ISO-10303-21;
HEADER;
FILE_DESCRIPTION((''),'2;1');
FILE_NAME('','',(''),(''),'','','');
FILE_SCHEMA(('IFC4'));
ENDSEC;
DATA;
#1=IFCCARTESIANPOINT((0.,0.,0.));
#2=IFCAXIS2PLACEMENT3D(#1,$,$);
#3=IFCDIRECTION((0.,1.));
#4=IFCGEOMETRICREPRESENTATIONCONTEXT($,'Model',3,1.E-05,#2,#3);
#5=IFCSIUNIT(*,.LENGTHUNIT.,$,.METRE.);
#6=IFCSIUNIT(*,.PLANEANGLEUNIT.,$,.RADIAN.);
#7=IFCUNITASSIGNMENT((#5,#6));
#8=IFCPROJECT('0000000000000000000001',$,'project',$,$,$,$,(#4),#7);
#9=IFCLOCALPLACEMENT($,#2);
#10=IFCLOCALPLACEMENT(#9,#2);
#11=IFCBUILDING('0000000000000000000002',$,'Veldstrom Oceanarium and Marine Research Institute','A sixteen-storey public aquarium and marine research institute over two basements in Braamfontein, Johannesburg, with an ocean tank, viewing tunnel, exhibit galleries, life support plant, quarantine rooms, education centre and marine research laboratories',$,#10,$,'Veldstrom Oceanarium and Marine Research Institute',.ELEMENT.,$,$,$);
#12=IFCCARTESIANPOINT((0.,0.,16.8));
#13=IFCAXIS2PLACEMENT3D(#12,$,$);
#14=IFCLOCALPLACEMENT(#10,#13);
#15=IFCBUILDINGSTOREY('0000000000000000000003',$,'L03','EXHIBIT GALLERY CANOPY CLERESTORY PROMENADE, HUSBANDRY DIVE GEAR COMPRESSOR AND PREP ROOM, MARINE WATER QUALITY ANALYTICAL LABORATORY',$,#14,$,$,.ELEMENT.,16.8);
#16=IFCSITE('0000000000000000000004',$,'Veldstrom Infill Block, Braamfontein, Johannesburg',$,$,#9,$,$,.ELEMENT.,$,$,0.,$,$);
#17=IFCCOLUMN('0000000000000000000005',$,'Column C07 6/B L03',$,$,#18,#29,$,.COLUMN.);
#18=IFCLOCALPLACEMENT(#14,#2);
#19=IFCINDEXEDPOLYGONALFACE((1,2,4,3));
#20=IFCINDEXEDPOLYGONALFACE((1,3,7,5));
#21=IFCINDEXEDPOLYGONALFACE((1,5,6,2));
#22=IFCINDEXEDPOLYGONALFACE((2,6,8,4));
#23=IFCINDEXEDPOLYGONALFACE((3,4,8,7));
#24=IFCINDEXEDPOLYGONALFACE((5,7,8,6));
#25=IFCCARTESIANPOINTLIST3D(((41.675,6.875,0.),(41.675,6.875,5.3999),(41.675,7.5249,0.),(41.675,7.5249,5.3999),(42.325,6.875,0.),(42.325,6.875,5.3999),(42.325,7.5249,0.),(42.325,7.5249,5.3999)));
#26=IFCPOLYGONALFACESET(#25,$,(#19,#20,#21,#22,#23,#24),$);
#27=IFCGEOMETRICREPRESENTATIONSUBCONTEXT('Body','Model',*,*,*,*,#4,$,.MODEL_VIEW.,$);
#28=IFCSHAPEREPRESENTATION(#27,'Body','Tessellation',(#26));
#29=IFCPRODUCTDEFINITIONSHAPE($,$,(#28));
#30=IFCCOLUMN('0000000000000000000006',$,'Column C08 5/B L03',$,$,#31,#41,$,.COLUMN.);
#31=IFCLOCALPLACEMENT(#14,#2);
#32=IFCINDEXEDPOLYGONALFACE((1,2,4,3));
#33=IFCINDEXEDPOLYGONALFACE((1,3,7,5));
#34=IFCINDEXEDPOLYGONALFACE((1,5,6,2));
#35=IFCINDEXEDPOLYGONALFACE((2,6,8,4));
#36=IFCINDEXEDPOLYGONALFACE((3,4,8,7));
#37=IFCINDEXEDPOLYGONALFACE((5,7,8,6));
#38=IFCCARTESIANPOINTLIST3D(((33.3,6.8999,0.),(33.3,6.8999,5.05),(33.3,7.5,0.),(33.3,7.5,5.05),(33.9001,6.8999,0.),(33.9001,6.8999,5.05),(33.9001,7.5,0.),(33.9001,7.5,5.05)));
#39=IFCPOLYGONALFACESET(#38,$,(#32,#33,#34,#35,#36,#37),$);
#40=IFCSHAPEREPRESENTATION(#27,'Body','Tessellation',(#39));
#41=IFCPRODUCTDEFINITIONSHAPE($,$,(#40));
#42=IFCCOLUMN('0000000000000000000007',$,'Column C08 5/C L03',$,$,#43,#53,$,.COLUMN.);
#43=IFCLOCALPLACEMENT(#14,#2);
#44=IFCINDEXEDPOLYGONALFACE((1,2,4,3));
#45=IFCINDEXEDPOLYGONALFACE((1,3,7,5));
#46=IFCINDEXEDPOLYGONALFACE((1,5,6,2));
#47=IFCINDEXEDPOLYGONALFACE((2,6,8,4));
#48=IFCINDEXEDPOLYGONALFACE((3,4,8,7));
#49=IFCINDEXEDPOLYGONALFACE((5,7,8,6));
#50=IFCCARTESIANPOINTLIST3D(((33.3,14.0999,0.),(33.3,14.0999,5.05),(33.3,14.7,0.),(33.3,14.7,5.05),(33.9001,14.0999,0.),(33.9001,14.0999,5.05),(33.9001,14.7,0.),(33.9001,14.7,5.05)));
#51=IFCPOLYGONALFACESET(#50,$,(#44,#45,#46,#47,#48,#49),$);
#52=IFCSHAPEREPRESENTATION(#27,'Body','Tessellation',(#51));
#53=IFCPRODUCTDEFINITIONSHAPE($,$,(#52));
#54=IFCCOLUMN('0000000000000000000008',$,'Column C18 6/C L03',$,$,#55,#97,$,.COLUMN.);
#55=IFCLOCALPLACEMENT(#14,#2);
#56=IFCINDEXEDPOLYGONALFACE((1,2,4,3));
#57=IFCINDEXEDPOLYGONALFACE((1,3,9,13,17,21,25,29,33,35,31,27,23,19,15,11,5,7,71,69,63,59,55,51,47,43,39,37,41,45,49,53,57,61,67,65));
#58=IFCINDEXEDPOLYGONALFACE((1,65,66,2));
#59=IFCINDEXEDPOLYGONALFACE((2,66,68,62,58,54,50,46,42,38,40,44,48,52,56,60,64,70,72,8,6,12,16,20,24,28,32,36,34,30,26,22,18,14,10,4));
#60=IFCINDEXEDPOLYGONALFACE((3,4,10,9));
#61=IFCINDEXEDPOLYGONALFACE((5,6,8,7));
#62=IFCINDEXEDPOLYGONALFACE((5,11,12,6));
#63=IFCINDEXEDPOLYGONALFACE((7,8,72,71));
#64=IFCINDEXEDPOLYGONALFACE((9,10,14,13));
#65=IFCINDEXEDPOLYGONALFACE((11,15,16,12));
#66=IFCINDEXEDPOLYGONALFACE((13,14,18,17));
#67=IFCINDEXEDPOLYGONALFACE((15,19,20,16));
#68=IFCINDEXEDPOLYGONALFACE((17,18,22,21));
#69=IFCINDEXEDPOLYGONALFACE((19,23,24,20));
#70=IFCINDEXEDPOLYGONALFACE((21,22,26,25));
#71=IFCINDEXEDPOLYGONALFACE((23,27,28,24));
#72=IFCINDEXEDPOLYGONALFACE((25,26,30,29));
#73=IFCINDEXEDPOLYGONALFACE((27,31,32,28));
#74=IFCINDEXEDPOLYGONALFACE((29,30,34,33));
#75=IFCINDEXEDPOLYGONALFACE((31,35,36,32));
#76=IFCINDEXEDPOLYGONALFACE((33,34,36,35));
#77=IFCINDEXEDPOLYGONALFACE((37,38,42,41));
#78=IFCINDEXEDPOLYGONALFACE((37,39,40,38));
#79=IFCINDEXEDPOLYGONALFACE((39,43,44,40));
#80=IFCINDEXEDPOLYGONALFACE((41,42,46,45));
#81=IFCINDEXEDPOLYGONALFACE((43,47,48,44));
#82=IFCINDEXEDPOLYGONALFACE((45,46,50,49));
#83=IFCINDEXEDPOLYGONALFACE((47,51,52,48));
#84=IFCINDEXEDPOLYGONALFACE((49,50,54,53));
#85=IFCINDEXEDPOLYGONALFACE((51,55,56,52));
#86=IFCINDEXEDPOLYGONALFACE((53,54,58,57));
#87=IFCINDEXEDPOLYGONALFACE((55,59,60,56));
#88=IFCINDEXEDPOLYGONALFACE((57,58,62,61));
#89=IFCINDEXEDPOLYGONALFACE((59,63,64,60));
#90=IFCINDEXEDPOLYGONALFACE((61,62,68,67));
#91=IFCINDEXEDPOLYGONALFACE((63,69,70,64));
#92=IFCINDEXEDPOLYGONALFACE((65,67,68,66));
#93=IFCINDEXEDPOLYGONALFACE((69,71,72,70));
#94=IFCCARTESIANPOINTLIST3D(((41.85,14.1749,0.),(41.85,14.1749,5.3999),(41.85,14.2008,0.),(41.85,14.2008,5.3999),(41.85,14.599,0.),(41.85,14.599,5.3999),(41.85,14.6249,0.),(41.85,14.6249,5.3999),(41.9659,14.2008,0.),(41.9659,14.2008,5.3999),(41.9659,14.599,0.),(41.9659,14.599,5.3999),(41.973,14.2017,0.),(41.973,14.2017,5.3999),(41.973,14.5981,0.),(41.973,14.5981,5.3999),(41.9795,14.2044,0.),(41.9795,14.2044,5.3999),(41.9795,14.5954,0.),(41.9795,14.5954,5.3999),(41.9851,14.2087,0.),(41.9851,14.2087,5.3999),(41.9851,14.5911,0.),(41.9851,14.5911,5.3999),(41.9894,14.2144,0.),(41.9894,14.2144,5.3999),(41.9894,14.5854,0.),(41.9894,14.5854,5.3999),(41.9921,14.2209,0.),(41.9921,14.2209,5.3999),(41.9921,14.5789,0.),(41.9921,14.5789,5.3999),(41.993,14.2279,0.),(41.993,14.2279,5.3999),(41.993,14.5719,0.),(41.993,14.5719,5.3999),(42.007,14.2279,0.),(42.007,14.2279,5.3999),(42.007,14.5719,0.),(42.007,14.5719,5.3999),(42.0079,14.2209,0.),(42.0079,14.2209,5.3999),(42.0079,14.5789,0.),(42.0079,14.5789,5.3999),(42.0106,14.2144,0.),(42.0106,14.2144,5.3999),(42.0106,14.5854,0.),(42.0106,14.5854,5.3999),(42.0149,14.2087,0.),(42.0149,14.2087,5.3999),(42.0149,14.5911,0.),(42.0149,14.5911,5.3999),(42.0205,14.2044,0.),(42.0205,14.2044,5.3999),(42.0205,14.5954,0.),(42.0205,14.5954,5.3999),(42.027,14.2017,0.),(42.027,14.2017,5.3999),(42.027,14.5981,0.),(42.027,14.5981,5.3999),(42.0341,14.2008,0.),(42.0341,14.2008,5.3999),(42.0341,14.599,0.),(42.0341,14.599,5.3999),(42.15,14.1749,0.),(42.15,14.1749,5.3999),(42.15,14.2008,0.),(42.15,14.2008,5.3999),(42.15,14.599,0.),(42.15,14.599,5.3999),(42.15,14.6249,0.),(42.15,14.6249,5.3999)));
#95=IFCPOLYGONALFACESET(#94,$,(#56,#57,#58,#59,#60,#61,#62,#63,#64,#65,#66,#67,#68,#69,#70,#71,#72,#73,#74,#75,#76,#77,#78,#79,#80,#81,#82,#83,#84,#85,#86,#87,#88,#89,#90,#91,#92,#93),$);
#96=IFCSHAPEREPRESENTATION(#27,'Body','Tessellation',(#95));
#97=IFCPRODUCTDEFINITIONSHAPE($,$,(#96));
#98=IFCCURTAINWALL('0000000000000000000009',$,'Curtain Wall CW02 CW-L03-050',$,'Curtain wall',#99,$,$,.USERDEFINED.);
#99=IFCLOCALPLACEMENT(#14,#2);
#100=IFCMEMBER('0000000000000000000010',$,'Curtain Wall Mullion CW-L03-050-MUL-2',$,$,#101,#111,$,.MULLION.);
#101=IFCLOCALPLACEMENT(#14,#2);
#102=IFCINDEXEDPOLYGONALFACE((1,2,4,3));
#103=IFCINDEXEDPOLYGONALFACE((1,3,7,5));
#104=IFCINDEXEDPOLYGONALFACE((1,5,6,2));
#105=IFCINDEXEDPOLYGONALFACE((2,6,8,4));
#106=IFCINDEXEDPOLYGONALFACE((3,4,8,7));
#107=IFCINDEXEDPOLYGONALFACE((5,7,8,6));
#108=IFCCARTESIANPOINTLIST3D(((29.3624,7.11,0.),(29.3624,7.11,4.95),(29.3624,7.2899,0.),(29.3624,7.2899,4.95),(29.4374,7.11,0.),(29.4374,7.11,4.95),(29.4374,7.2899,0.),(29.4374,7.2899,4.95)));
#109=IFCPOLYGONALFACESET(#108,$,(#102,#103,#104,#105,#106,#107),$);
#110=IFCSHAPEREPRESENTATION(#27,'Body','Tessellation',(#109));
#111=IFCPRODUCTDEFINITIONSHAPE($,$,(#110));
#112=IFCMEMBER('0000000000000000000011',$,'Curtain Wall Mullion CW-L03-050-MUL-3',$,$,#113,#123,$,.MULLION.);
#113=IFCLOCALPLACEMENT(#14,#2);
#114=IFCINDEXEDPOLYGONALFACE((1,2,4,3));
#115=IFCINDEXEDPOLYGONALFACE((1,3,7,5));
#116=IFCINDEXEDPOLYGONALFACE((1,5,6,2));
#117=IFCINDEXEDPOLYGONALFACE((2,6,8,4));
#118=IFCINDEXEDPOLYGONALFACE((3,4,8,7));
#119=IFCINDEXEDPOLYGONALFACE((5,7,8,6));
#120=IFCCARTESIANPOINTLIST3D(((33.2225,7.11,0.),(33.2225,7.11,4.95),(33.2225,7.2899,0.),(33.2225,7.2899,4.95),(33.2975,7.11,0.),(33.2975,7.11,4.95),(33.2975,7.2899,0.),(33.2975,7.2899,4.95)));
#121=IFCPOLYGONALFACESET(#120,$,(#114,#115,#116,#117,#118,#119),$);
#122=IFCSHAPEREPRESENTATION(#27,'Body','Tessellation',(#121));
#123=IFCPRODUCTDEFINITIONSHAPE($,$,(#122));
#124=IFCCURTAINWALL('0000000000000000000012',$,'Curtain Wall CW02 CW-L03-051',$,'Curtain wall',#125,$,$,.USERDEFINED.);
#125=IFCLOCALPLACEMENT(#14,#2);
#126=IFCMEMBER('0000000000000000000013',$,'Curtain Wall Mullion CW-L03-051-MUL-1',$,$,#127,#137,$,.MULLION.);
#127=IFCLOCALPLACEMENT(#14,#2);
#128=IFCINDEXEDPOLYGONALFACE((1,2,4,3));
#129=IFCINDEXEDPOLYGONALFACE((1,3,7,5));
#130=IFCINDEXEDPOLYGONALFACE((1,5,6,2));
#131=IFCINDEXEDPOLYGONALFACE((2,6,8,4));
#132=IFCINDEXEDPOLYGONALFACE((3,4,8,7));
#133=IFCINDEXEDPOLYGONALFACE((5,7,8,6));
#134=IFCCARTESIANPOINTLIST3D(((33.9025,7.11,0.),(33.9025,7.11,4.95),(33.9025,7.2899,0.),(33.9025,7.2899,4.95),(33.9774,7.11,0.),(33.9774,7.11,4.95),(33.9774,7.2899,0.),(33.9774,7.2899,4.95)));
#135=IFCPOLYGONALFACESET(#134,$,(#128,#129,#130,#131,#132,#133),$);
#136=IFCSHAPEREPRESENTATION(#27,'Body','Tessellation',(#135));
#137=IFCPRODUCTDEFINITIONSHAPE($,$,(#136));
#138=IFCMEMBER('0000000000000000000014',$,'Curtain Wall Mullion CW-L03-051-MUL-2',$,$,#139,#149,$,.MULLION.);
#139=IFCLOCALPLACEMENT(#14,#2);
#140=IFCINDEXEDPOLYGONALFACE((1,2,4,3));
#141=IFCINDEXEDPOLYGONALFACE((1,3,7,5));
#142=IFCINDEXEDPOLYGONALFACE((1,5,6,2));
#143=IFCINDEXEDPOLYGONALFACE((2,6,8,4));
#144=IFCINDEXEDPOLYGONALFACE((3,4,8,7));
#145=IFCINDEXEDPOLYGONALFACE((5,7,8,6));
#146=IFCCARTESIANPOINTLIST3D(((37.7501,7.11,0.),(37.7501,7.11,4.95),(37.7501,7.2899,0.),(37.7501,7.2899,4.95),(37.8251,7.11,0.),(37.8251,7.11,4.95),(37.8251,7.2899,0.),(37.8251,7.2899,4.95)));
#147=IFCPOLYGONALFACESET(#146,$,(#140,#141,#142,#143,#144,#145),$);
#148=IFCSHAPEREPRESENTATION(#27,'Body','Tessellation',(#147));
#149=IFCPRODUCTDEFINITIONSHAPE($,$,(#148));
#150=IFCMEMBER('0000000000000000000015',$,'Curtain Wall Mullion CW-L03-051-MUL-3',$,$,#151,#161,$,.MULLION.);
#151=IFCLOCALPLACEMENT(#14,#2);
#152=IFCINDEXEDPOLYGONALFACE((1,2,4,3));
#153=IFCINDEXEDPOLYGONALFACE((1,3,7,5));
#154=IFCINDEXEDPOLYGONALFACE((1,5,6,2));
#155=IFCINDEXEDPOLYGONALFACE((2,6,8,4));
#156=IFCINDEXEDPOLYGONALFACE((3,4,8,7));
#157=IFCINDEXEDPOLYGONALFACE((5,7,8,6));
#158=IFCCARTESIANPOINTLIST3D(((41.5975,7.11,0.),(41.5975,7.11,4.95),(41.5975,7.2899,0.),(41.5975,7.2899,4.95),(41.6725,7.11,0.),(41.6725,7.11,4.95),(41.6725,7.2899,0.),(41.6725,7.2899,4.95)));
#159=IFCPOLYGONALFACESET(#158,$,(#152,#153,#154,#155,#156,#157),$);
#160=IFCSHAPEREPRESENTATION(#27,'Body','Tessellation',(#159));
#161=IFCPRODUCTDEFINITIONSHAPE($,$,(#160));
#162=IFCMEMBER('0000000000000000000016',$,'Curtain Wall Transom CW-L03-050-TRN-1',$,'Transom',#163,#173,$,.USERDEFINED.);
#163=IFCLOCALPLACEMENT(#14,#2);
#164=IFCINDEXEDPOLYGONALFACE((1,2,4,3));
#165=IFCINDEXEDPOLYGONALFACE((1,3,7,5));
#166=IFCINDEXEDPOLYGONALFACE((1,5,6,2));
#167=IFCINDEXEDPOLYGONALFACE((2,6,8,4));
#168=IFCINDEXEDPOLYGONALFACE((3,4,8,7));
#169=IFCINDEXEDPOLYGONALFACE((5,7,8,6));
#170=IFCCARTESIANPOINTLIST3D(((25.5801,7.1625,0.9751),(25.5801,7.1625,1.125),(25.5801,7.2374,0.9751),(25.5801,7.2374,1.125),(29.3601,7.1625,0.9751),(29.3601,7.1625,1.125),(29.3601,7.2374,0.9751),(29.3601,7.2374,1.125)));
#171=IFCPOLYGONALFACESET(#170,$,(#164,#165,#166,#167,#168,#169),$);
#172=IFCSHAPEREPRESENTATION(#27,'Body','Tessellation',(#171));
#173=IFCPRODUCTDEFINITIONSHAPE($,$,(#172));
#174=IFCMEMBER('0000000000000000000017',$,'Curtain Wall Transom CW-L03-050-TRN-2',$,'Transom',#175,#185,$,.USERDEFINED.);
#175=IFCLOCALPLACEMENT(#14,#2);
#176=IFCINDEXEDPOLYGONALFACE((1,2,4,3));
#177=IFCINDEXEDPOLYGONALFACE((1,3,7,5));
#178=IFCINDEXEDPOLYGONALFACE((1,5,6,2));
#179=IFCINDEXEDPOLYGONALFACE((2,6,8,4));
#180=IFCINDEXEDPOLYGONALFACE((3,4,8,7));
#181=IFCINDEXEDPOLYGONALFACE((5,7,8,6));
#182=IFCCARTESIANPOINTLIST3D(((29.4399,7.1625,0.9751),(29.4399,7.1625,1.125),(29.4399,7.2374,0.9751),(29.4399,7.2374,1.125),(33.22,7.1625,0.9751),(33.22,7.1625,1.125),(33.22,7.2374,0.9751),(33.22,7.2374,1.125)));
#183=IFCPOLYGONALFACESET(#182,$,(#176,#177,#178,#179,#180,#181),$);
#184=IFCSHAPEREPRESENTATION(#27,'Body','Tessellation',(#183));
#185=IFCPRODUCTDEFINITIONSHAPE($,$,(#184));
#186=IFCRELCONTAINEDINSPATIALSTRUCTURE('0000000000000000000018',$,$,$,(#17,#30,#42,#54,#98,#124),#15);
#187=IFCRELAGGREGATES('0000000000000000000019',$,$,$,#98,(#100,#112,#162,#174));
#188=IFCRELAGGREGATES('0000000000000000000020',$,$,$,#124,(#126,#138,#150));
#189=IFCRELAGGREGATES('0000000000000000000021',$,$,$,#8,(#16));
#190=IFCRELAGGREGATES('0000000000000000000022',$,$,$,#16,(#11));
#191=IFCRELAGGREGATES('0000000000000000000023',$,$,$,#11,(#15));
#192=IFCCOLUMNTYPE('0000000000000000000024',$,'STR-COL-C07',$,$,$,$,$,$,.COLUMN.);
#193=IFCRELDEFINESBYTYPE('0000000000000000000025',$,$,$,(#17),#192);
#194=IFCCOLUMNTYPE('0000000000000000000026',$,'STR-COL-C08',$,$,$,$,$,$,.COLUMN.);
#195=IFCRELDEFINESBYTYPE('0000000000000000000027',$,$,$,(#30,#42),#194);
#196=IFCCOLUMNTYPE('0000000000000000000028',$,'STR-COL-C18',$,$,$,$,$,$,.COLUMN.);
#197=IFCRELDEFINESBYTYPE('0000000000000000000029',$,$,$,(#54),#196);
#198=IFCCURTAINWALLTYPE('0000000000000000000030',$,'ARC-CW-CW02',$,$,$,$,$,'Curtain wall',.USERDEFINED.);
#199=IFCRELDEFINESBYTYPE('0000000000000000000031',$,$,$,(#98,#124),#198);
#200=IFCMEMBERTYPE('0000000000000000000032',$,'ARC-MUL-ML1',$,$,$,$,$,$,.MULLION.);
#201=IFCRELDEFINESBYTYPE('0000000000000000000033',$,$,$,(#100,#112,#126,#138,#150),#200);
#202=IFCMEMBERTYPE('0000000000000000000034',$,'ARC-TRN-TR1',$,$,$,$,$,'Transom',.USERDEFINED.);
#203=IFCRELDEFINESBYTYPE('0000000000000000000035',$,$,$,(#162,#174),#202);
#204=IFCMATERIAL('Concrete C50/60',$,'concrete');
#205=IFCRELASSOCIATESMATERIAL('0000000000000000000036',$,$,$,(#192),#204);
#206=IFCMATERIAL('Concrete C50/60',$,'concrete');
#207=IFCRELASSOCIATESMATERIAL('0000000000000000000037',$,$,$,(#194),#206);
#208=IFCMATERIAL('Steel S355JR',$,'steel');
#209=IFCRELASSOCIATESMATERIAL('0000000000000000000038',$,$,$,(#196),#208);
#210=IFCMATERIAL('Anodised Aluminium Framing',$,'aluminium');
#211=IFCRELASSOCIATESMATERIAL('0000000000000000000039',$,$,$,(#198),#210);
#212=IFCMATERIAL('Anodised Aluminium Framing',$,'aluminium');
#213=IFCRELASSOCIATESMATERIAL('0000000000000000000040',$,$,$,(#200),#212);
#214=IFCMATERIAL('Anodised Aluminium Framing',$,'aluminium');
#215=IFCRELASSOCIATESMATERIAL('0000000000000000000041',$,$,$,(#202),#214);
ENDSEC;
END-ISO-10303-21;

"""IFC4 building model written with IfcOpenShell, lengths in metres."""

from ifc_helpers import new_model, si_unit, direction, frame, origin, origin_2d, place, context, subcontext, project, spatial, rectangle, i_section, extrude, material, material_profile, profile_set, type_object, element, aggregate, save


model = new_model("IFC4")

# Units and contexts
model_context = context("Model", 3, precision=1e-05, world=origin(), true_north=direction((0.0, 1.0)))
body_context = subcontext(model_context, "Body", "Model", "MODEL_VIEW")
ifc_project = project(units=[si_unit("LENGTHUNIT", "METRE"), si_unit("PLANEANGLEUNIT", "RADIAN")], contexts=[model_context])

# Site, building, storey
site_placement = place(None, origin())
site = spatial("IfcSite", under=ifc_project, at=site_placement, Name="Veldstrom Infill Block, Braamfontein, Johannesburg", CompositionType="ELEMENT", RefElevation=0.0)
building_placement = place(site_placement, origin())
building = spatial("IfcBuilding", under=site, at=building_placement, Name="Veldstrom Oceanarium and Marine Research Institute", Description="A sixteen-storey public aquarium and marine research institute over two basements in Braamfontein, Johannesburg, with an ocean tank, viewing tunnel, exhibit galleries, life support plant, quarantine rooms, education centre and marine research laboratories", LongName="Veldstrom Oceanarium and Marine Research Institute", CompositionType="ELEMENT")
storey_placement = place(building_placement, frame((0.0, 0.0, 16.8)))
storey = spatial("IfcBuildingStorey", under=building, at=storey_placement, Name="L03", Description="EXHIBIT GALLERY CANOPY CLERESTORY PROMENADE, HUSBANDRY DIVE GEAR COMPRESSOR AND PREP ROOM, MARINE WATER QUALITY ANALYTICAL LABORATORY", CompositionType="ELEMENT", Elevation=16.8)

# Columns
ifc_material_1 = material(Name="Concrete C50/60", Category="concrete")
ifc_material_profile_1 = material_profile(ifc_material_1, rectangle(XDim=0.6499, YDim=0.6499, at=origin_2d()), Name="RC-COL-650x650")
ifc_profile_set_1 = profile_set([ifc_material_profile_1], Name="Concrete C50/60")
column_type_1 = type_object("IfcColumnType", Name="STR-COL-C07", PredefinedType="COLUMN", material=ifc_profile_set_1)
column_1_placement = place(storey_placement, frame((42.0, 7.2, 0.0), z_axis=(0.0, 0.0, 1.0), x_axis=(1.0, 0.0, 0.0)))
element("IfcColumn", 1, at=column_1_placement, inside=storey, type_object=column_type_1, Name="Column C07 6/B L03", PredefinedType="COLUMN", context=body_context, shape_type="SweptSolid", body=[
    extrude(rectangle(XDim=0.6499, YDim=0.6499, at=origin_2d()), origin(), (0.0, 0.0, 1.0), 5.3999),
])
ifc_material_2 = material(Name="Concrete C50/60", Category="concrete")
ifc_material_profile_2 = material_profile(ifc_material_2, rectangle(XDim=0.6001, YDim=0.6001, at=origin_2d()), Name="RC-COL-600x600")
ifc_profile_set_2 = profile_set([ifc_material_profile_2], Name="Concrete C50/60")
column_type_2 = type_object("IfcColumnType", Name="STR-COL-C08", PredefinedType="COLUMN", material=ifc_profile_set_2)
for number, where, z_axis, x_axis, name in (
    (2, (33.6001, 7.2, 0.0), (0.0, 0.0, 1.0), (1.0, 0.0, 0.0), "Column C08 5/B L03"),
    (3, (33.6001, 14.3999, 0.0), (0.0, 0.0, 1.0), (1.0, 0.0, 0.0), "Column C08 5/C L03"),
):
    element("IfcColumn", number, at=place(storey_placement, frame(where, z_axis=z_axis, x_axis=x_axis)), inside=storey, type_object=column_type_2, Name=name, PredefinedType="COLUMN", context=body_context, shape_type="SweptSolid", body=[
        extrude(rectangle(XDim=0.6001, YDim=0.6001, at=origin_2d()), origin(), (0.0, 0.0, 1.0), 5.05),
    ])
ifc_material_3 = material(Name="Steel S355JR", Category="steel")
ifc_material_profile_3 = material_profile(ifc_material_3, i_section(OverallWidth=0.3, OverallDepth=0.45, WebThickness=0.0139, FlangeThickness=0.0259, FilletRadius=0.0271, at=origin_2d()), Name="HEB 450")
ifc_profile_set_3 = profile_set([ifc_material_profile_3], Name="Steel S355JR")
column_type_3 = type_object("IfcColumnType", Name="STR-COL-C18", PredefinedType="COLUMN", material=ifc_profile_set_3)
column_2_placement = place(storey_placement, frame((42.0, 14.3999, 0.0), z_axis=(0.0, 0.0, 1.0), x_axis=(1.0, 0.0, 0.0)))
element("IfcColumn", 4, at=column_2_placement, inside=storey, type_object=column_type_3, Name="Column C18 6/C L03", PredefinedType="COLUMN", context=body_context, shape_type="SweptSolid", body=[
    extrude(i_section(OverallWidth=0.3, OverallDepth=0.45, WebThickness=0.0139, FlangeThickness=0.0259, FilletRadius=0.0271, at=origin_2d()), origin(), (0.0, 0.0, 1.0), 5.3999),
])

# Curtain walls, members
ifc_material_4 = material(Name="Anodised Aluminium Framing", Category="aluminium")
curtain_wall_type = type_object("IfcCurtainWallType", Name="ARC-CW-CW02", ElementType="Curtain wall", PredefinedType="USERDEFINED", material=ifc_material_4)
curtain_wall_1_placement = place(storey_placement, origin())
curtain_wall_1 = element("IfcCurtainWall", 5, at=curtain_wall_1_placement, inside=storey, type_object=curtain_wall_type, Name="Curtain Wall CW02 CW-L03-050", ObjectType="Curtain wall", PredefinedType="USERDEFINED")
ifc_material_5 = material(Name="Anodised Aluminium Framing", Category="aluminium")
ifc_material_profile_4 = material_profile(ifc_material_5, rectangle(XDim=0.075, YDim=0.1799, at=origin_2d()), Name="ALU-MUL-75x180")
ifc_profile_set_4 = profile_set([ifc_material_profile_4], Name="Anodised Aluminium Framing")
member_type_1 = type_object("IfcMemberType", Name="ARC-MUL-ML1", PredefinedType="MULLION", material=ifc_profile_set_4)
member_1_placement = place(storey_placement, frame((29.3999, 7.2, 0.0), z_axis=(0.0, 0.0, 1.0), x_axis=(1.0, 0.0, 0.0)))
member_1 = element("IfcMember", 6, at=member_1_placement, type_object=member_type_1, Name="Curtain Wall Mullion CW-L03-050-MUL-2", PredefinedType="MULLION", context=body_context, shape_type="SweptSolid", body=[
    extrude(rectangle(XDim=0.075, YDim=0.1799, at=origin_2d()), origin(), (0.0, 0.0, 1.0), 4.95),
])
member_2_placement = place(storey_placement, frame((33.26, 7.2, 0.0), z_axis=(0.0, 0.0, 1.0), x_axis=(1.0, 0.0, 0.0)))
member_2 = element("IfcMember", 7, at=member_2_placement, type_object=member_type_1, Name="Curtain Wall Mullion CW-L03-050-MUL-3", PredefinedType="MULLION", context=body_context, shape_type="SweptSolid", body=[
    extrude(rectangle(XDim=0.075, YDim=0.1799, at=origin_2d()), origin(), (0.0, 0.0, 1.0), 4.95),
])
curtain_wall_2_placement = place(storey_placement, origin())
curtain_wall_2 = element("IfcCurtainWall", 8, at=curtain_wall_2_placement, inside=storey, type_object=curtain_wall_type, Name="Curtain Wall CW02 CW-L03-051", ObjectType="Curtain wall", PredefinedType="USERDEFINED")
member_3_placement = place(storey_placement, frame((33.9399, 7.2, 0.0), z_axis=(0.0, 0.0, 1.0), x_axis=(1.0, 0.0, 0.0)))
member_3 = element("IfcMember", 9, at=member_3_placement, type_object=member_type_1, Name="Curtain Wall Mullion CW-L03-051-MUL-1", PredefinedType="MULLION", context=body_context, shape_type="SweptSolid", body=[
    extrude(rectangle(XDim=0.075, YDim=0.1799, at=origin_2d()), origin(), (0.0, 0.0, 1.0), 4.95),
])
member_4_placement = place(storey_placement, frame((37.7876, 7.2, 0.0), z_axis=(0.0, 0.0, 1.0), x_axis=(1.0, 0.0, 0.0)))
member_4 = element("IfcMember", 10, at=member_4_placement, type_object=member_type_1, Name="Curtain Wall Mullion CW-L03-051-MUL-2", PredefinedType="MULLION", context=body_context, shape_type="SweptSolid", body=[
    extrude(rectangle(XDim=0.075, YDim=0.1799, at=origin_2d()), origin(), (0.0, 0.0, 1.0), 4.95),
])
member_5_placement = place(storey_placement, frame((41.635, 7.2, 0.0), z_axis=(0.0, 0.0, 1.0), x_axis=(1.0, 0.0, 0.0)))
member_5 = element("IfcMember", 11, at=member_5_placement, type_object=member_type_1, Name="Curtain Wall Mullion CW-L03-051-MUL-3", PredefinedType="MULLION", context=body_context, shape_type="SweptSolid", body=[
    extrude(rectangle(XDim=0.075, YDim=0.1799, at=origin_2d()), origin(), (0.0, 0.0, 1.0), 4.95),
])

# Members
ifc_material_6 = material(Name="Anodised Aluminium Framing", Category="aluminium")
ifc_material_profile_5 = material_profile(ifc_material_6, rectangle(XDim=0.075, YDim=0.1499, at=origin_2d()), Name="ALU-TRN-75x150")
ifc_profile_set_5 = profile_set([ifc_material_profile_5], Name="Anodised Aluminium Framing")
member_type_2 = type_object("IfcMemberType", Name="ARC-TRN-TR1", ElementType="Transom", PredefinedType="USERDEFINED", material=ifc_profile_set_5)
member_6_placement = place(storey_placement, frame((25.5801, 7.2, 1.05), z_axis=(1.0, 0.0, 0.0), x_axis=(0.0, 1.0, 0.0)))
member_6 = element("IfcMember", 12, at=member_6_placement, type_object=member_type_2, Name="Curtain Wall Transom CW-L03-050-TRN-1", ObjectType="Transom", PredefinedType="USERDEFINED", context=body_context, shape_type="SweptSolid", body=[
    extrude(rectangle(XDim=0.075, YDim=0.1499, at=origin_2d()), origin(), (0.0, 0.0, 1.0), 3.78),
])
member_7_placement = place(storey_placement, frame((29.4399, 7.2, 1.05), z_axis=(1.0, 0.0, 0.0), x_axis=(0.0, 1.0, 0.0)))
member_7 = element("IfcMember", 13, at=member_7_placement, type_object=member_type_2, Name="Curtain Wall Transom CW-L03-050-TRN-2", ObjectType="Transom", PredefinedType="USERDEFINED", context=body_context, shape_type="SweptSolid", body=[
    extrude(rectangle(XDim=0.075, YDim=0.1499, at=origin_2d()), origin(), (0.0, 0.0, 1.0), 3.78),
])

aggregate(curtain_wall_1, [member_1, member_2, member_6, member_7])
aggregate(curtain_wall_2, [member_3, member_4, member_5])

save(model, "model.ifc")
